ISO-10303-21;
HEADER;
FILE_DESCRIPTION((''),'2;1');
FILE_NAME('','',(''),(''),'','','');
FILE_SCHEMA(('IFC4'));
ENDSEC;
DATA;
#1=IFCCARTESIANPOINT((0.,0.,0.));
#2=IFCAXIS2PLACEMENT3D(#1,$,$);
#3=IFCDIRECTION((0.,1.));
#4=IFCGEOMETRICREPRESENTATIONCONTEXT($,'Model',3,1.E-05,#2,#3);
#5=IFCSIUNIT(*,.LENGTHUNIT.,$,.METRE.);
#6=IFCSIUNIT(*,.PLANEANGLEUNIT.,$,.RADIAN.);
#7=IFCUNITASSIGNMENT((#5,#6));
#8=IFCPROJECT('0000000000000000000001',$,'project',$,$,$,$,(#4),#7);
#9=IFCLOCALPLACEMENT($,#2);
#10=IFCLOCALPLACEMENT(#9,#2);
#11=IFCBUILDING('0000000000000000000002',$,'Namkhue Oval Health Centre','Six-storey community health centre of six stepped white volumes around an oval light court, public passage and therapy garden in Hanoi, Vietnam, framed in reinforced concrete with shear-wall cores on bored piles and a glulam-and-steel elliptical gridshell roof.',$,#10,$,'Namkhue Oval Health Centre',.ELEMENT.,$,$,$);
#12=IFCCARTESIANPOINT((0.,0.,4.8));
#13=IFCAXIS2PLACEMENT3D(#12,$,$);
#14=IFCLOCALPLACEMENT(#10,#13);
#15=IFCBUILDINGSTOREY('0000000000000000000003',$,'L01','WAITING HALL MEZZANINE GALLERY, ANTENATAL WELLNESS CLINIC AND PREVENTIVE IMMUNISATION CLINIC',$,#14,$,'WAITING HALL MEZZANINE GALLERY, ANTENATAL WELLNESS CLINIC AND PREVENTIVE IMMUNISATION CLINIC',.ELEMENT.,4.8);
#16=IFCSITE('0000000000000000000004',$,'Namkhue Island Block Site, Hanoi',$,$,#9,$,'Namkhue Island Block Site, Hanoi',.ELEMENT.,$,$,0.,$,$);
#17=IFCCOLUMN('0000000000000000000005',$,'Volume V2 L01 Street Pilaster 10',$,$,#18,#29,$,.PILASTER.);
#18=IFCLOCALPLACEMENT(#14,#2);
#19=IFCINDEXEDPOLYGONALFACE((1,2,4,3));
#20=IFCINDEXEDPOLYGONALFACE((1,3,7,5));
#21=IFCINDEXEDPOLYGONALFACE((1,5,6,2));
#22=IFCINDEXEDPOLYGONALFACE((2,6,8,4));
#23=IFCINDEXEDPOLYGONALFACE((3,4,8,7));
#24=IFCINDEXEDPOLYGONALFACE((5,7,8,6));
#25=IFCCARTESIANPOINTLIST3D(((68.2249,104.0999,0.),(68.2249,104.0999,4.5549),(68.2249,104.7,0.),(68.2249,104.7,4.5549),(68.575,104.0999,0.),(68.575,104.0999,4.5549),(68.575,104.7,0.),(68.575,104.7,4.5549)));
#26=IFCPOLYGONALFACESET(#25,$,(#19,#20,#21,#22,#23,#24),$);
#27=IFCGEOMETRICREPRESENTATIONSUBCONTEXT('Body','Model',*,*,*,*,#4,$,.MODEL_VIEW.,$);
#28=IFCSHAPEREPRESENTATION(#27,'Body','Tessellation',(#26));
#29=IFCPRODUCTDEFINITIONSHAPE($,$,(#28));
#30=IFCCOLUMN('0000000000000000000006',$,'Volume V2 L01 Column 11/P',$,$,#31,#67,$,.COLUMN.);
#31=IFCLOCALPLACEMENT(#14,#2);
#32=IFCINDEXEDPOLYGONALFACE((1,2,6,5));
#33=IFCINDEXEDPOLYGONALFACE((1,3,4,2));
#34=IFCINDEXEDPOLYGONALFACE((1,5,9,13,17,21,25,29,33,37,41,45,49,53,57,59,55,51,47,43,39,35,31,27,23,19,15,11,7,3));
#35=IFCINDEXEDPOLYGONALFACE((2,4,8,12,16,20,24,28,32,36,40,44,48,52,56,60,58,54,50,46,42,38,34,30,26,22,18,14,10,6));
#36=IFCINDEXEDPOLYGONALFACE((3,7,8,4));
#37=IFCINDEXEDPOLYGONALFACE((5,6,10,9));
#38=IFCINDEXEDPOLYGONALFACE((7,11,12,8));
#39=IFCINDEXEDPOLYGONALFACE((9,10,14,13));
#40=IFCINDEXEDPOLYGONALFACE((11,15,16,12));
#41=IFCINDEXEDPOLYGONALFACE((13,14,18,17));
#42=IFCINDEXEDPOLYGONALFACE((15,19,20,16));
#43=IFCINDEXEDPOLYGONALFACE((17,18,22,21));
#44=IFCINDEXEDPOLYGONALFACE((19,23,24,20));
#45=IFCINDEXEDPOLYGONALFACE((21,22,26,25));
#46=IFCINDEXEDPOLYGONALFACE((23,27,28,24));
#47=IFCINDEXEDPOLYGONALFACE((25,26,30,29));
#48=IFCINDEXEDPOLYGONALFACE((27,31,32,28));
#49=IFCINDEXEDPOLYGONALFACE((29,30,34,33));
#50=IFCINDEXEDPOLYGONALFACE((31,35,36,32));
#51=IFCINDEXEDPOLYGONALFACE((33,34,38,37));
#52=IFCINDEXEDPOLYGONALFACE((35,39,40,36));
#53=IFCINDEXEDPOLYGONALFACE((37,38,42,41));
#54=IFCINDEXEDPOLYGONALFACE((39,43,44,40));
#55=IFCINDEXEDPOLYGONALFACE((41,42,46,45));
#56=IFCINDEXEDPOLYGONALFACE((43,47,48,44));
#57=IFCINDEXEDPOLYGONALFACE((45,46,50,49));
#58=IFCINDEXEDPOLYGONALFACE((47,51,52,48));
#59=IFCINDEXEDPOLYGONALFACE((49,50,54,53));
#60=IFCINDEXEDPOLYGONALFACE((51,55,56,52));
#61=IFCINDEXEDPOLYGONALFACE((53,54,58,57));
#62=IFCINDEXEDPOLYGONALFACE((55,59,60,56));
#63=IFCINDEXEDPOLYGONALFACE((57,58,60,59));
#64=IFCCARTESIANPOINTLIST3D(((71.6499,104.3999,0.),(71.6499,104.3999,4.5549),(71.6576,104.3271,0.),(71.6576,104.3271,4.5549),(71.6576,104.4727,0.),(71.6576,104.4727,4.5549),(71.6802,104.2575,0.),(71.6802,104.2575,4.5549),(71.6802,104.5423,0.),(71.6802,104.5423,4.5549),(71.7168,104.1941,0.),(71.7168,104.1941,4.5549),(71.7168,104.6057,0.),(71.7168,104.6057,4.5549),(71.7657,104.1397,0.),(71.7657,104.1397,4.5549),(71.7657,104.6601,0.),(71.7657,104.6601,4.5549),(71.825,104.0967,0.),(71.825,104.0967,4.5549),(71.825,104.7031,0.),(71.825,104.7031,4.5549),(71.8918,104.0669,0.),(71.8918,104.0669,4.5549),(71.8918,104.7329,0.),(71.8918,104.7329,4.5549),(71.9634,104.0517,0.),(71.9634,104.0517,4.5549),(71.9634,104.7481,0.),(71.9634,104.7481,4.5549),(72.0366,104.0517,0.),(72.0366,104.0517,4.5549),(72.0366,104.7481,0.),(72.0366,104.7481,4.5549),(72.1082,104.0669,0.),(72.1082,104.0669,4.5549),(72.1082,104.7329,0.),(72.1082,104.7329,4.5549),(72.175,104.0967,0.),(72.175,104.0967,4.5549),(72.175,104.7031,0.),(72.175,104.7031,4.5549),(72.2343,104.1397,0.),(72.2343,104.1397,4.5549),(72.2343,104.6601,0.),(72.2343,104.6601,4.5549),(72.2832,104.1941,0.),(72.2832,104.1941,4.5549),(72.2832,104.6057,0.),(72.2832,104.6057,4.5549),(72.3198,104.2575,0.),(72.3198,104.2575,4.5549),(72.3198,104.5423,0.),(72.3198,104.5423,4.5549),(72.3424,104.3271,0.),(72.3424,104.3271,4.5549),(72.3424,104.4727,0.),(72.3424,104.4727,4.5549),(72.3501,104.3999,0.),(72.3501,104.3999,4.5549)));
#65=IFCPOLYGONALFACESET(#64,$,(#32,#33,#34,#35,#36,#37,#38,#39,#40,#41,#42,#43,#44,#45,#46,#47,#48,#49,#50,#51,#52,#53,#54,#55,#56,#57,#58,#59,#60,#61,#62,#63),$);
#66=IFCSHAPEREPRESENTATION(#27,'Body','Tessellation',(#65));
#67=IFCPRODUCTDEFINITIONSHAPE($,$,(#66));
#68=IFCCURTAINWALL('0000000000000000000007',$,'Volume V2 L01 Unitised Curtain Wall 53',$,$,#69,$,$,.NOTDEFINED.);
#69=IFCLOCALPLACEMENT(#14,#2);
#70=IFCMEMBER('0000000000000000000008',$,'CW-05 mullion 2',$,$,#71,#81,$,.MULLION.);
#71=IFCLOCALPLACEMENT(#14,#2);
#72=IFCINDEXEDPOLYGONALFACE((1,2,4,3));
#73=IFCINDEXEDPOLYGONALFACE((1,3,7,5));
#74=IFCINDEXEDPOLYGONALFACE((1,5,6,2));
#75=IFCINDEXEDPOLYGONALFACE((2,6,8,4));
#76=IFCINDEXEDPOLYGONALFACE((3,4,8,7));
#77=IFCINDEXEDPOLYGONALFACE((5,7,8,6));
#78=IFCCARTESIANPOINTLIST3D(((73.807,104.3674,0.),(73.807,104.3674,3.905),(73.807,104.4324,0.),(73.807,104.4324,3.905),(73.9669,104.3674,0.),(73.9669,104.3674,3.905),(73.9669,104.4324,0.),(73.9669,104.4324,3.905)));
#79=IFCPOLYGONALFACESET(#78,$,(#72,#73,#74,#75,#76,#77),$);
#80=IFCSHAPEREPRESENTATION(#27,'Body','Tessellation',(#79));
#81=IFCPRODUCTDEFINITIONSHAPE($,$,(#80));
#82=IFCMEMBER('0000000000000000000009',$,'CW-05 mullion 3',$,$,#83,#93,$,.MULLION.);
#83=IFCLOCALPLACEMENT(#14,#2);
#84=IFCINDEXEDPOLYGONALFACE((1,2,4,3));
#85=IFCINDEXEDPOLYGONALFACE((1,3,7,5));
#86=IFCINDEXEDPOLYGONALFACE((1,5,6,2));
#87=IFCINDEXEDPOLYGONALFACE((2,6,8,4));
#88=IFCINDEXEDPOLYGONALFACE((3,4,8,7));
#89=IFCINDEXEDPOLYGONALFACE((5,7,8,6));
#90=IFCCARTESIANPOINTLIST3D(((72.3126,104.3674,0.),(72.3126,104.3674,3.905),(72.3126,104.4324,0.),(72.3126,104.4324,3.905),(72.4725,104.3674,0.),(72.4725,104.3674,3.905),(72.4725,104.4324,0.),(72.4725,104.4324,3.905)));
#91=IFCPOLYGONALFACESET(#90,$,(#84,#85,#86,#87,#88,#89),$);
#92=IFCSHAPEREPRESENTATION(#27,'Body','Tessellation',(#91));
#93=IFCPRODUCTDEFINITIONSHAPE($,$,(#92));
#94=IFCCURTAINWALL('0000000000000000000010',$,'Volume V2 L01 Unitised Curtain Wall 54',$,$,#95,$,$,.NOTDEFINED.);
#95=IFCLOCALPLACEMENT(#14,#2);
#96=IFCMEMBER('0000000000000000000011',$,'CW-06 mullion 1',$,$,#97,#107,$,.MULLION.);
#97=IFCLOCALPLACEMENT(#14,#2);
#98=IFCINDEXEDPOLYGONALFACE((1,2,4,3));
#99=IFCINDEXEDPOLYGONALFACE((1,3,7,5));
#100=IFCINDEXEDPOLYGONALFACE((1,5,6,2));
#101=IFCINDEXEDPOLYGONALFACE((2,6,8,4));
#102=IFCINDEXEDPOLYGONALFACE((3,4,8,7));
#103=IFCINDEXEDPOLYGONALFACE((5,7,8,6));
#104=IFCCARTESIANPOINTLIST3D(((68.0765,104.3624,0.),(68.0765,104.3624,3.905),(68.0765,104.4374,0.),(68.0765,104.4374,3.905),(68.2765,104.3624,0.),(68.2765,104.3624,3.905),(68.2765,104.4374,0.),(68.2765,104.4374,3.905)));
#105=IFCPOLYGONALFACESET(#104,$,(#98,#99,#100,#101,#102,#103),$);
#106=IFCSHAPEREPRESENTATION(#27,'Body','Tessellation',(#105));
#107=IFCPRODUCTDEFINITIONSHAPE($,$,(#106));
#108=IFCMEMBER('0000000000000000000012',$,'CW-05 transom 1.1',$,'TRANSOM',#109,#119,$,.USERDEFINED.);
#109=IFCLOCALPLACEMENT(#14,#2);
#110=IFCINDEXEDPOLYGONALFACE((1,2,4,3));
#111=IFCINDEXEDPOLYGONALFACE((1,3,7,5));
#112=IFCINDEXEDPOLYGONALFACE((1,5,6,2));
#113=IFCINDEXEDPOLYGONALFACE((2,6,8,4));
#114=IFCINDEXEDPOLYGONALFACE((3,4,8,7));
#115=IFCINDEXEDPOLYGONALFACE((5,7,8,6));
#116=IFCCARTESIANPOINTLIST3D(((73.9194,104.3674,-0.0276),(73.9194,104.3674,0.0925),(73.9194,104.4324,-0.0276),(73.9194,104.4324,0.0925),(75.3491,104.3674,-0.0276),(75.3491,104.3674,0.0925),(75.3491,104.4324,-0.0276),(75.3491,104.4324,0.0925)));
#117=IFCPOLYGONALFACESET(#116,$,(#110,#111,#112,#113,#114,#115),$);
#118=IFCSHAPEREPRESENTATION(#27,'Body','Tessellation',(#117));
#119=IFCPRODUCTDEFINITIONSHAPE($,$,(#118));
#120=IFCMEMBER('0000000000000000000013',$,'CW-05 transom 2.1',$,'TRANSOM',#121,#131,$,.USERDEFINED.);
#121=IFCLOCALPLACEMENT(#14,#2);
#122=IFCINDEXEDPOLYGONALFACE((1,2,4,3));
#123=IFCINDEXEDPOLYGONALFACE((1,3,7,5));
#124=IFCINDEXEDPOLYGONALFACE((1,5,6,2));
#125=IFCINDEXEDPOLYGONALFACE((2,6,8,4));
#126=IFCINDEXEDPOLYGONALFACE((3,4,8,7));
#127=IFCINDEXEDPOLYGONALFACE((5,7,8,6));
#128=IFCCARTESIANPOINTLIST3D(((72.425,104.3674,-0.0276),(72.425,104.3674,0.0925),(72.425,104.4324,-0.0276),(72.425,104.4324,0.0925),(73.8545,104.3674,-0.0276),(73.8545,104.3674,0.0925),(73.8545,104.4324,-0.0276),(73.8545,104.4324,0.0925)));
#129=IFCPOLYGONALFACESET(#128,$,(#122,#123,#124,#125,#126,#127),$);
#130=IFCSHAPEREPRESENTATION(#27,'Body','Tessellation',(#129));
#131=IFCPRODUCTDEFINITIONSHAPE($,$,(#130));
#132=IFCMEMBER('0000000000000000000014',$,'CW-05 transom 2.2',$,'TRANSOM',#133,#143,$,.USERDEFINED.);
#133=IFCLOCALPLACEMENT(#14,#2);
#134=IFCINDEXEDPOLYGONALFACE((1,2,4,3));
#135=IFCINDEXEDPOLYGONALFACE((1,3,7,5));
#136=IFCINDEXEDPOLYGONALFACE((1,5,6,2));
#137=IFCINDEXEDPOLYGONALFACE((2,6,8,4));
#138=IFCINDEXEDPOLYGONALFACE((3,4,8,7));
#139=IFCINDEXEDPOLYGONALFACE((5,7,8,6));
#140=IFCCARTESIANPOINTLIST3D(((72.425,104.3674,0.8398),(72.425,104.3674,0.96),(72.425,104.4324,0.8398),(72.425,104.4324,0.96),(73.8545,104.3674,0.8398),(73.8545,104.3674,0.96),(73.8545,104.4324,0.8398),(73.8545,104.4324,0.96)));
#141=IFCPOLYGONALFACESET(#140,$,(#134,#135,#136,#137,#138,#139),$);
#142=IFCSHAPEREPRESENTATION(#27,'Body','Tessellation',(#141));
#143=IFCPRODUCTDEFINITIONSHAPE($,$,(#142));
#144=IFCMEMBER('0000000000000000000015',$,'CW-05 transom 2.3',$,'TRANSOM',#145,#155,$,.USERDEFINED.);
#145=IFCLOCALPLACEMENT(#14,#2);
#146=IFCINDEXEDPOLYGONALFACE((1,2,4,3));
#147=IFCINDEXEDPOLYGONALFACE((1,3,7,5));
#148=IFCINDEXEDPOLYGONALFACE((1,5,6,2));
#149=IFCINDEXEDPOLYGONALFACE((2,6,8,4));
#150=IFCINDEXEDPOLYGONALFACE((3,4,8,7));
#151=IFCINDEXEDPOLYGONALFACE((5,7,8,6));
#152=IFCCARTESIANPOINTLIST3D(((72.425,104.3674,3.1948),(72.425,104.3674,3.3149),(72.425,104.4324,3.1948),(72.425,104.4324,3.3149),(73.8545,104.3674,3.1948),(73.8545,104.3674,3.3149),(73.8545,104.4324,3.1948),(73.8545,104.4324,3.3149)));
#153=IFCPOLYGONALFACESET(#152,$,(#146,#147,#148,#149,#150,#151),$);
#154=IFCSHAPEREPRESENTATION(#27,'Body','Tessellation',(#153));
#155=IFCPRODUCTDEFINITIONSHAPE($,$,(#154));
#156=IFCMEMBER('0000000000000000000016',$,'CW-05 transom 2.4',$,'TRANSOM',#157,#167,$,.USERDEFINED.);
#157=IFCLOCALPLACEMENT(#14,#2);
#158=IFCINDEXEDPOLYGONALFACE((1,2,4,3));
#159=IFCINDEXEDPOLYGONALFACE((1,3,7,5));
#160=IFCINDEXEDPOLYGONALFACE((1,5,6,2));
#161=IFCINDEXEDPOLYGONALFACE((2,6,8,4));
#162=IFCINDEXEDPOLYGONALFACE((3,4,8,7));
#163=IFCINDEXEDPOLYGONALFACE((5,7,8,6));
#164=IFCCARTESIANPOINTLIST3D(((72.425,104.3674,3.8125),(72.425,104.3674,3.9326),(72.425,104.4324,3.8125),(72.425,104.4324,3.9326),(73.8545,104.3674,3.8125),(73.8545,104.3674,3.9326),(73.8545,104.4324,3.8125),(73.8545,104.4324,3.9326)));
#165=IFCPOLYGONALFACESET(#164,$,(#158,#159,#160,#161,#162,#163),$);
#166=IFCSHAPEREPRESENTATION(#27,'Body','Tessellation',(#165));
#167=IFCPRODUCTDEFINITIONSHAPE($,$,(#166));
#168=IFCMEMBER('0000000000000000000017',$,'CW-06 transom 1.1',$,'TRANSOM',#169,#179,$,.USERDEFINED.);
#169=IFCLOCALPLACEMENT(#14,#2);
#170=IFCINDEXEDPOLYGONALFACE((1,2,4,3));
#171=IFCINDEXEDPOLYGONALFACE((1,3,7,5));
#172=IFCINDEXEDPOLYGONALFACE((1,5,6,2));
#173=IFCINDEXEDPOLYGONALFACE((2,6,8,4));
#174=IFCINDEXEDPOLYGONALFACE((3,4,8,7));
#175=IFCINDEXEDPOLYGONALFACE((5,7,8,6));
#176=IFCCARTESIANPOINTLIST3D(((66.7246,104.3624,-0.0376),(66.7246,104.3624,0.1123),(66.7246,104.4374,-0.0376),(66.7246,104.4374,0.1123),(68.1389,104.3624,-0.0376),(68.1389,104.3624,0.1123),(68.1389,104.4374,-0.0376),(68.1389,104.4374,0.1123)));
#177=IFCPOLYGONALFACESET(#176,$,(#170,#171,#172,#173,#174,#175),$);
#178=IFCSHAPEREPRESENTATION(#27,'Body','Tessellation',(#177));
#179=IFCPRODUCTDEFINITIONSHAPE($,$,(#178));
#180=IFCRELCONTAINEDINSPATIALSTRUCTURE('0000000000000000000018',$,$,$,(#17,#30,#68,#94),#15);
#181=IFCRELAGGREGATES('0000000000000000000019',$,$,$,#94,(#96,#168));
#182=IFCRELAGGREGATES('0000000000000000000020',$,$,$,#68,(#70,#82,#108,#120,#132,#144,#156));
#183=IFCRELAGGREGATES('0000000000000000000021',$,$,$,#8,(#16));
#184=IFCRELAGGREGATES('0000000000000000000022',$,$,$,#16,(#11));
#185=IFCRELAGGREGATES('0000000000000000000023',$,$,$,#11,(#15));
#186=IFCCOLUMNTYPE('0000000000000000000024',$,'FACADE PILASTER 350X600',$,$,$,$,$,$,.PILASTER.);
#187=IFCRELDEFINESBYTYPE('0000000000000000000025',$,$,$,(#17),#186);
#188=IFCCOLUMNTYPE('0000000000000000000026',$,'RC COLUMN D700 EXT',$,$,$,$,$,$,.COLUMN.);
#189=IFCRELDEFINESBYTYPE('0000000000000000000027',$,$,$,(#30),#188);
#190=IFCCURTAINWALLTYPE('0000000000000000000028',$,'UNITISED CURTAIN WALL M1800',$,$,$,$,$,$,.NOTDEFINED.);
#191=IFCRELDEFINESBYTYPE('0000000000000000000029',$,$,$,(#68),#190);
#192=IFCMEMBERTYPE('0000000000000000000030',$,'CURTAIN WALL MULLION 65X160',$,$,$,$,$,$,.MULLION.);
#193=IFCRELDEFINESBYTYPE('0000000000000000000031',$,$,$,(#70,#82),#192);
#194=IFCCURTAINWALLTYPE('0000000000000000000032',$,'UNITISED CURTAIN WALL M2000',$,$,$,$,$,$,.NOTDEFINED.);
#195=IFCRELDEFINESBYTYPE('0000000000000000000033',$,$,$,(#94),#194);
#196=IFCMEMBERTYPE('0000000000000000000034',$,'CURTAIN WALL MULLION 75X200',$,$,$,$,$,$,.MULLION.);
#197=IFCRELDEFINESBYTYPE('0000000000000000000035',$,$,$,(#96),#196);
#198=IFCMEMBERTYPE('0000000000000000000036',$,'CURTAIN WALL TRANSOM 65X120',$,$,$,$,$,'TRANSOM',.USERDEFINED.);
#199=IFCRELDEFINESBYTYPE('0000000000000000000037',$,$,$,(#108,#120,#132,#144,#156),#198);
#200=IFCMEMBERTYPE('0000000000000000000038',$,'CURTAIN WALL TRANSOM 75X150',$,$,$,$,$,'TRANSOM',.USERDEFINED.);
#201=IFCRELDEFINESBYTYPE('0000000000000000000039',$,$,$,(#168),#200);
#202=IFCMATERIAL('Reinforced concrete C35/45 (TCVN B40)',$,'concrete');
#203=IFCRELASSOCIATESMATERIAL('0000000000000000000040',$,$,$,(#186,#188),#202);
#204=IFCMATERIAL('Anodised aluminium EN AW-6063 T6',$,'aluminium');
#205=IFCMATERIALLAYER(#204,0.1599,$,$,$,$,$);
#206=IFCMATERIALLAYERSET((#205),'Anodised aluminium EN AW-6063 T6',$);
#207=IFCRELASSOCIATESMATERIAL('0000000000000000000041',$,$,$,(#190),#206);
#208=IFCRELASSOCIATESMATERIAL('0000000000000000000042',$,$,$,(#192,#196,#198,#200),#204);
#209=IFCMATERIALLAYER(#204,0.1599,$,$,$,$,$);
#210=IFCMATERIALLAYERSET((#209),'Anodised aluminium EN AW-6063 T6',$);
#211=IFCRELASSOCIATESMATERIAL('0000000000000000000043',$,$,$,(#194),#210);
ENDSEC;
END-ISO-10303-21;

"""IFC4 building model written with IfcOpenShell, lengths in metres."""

from ifc_helpers import new_model, si_unit, direction, frame, origin, origin_2d, place, context, subcontext, project, spatial, rectangle, circle, extrude, material, layer, layer_set, material_profile, profile_set, type_object, element, aggregate, save


model = new_model("IFC4")

# Units and contexts
model_context = context("Model", 3, precision=1e-05, world=origin(), true_north=direction((0.0, 1.0)))
body_context = subcontext(model_context, "Body", "Model", "MODEL_VIEW")
ifc_project = project(units=[si_unit("LENGTHUNIT", "METRE"), si_unit("PLANEANGLEUNIT", "RADIAN")], contexts=[model_context])

# Site, building, storey
site_placement = place(None, origin())
site = spatial("IfcSite", under=ifc_project, at=site_placement, Name="Namkhue Island Block Site, Hanoi", LongName="Namkhue Island Block Site, Hanoi", CompositionType="ELEMENT", RefElevation=0.0)
building_placement = place(site_placement, origin())
building = spatial("IfcBuilding", under=site, at=building_placement, Name="Namkhue Oval Health Centre", Description="Six-storey community health centre of six stepped white volumes around an oval light court, public passage and therapy garden in Hanoi, Vietnam, framed in reinforced concrete with shear-wall cores on bored piles and a glulam-and-steel elliptical gridshell roof.", LongName="Namkhue Oval Health Centre", CompositionType="ELEMENT")
storey_placement = place(building_placement, frame((0.0, 0.0, 4.8)))
storey = spatial("IfcBuildingStorey", under=building, at=storey_placement, Name="L01", Description="WAITING HALL MEZZANINE GALLERY, ANTENATAL WELLNESS CLINIC AND PREVENTIVE IMMUNISATION CLINIC", LongName="WAITING HALL MEZZANINE GALLERY, ANTENATAL WELLNESS CLINIC AND PREVENTIVE IMMUNISATION CLINIC", CompositionType="ELEMENT", Elevation=4.8)

# Columns
ifc_material_1 = material(Name="Reinforced concrete C35/45 (TCVN B40)", Category="concrete")
ifc_material_profile_1 = material_profile(ifc_material_1, rectangle(XDim=0.3501, YDim=0.6001, at=origin_2d()), Name="RC 350x600")
ifc_profile_set_1 = profile_set([ifc_material_profile_1], Name="Reinforced concrete C35/45 (TCVN B40)")
column_type_1 = type_object("IfcColumnType", Name="FACADE PILASTER 350X600", PredefinedType="PILASTER", material=ifc_profile_set_1)
column_1_placement = place(storey_placement, frame((68.3999, 104.3999, 0.0), z_axis=(0.0, 0.0, 1.0), x_axis=(1.0, 0.0, 0.0)))
element("IfcColumn", 1, at=column_1_placement, inside=storey, type_object=column_type_1, Name="Volume V2 L01 Street Pilaster 10", PredefinedType="PILASTER", context=body_context, shape_type="SweptSolid", body=[
    extrude(rectangle(XDim=0.3501, YDim=0.6001, at=origin_2d()), origin(), (0.0, 0.0, 1.0), 4.5549),
])
ifc_material_profile_2 = material_profile(ifc_material_1, circle(Radius=0.3501, at=origin_2d()), Name="RC D700")
ifc_profile_set_2 = profile_set([ifc_material_profile_2], Name="Reinforced concrete C35/45 (TCVN B40)")
column_type_2 = type_object("IfcColumnType", Name="RC COLUMN D700 EXT", PredefinedType="COLUMN", material=ifc_profile_set_2)
column_2_placement = place(storey_placement, frame((72.0, 104.3999, 0.0), z_axis=(0.0, 0.0, 1.0), x_axis=(1.0, 0.0, 0.0)))
element("IfcColumn", 2, at=column_2_placement, inside=storey, type_object=column_type_2, Name="Volume V2 L01 Column 11/P", PredefinedType="COLUMN", context=body_context, shape_type="SweptSolid", body=[
    extrude(circle(Radius=0.3501, at=origin_2d()), origin(), (0.0, 0.0, 1.0), 4.5549),
])

# Curtain wall, members
ifc_material_2 = material(Name="Anodised aluminium EN AW-6063 T6", Category="aluminium")
ifc_layer_1 = layer(ifc_material_2, 0.1599)
ifc_layer_set_1 = layer_set([ifc_layer_1], Name="Anodised aluminium EN AW-6063 T6")
curtain_wall_type_1 = type_object("IfcCurtainWallType", Name="UNITISED CURTAIN WALL M1800", PredefinedType="NOTDEFINED", material=ifc_layer_set_1)
curtain_wall_1_placement = place(storey_placement, origin())
curtain_wall_1 = element("IfcCurtainWall", 3, at=curtain_wall_1_placement, inside=storey, type_object=curtain_wall_type_1, Name="Volume V2 L01 Unitised Curtain Wall 53", PredefinedType="NOTDEFINED")
ifc_material_profile_3 = material_profile(ifc_material_2, rectangle(XDim=0.0649, YDim=0.1599, at=origin_2d()), Name="ALU 65x160")
ifc_profile_set_3 = profile_set([ifc_material_profile_3], Name="Anodised aluminium EN AW-6063 T6")
member_type_1 = type_object("IfcMemberType", Name="CURTAIN WALL MULLION 65X160", PredefinedType="MULLION", material=ifc_profile_set_3)
member_1_placement = place(storey_placement, frame((73.887, 104.3999, 0.0), z_axis=(0.0, 0.0, 1.0), x_axis=(0.0, -1.0, 0.0)))
member_1 = element("IfcMember", 4, at=member_1_placement, type_object=member_type_1, Name="CW-05 mullion 2", PredefinedType="MULLION", context=body_context, shape_type="SweptSolid", body=[
    extrude(rectangle(XDim=0.0649, YDim=0.1599, at=origin_2d()), origin(), (0.0, 0.0, 1.0), 3.905),
])
member_2_placement = place(storey_placement, frame((72.3926, 104.3999, 0.0), z_axis=(0.0, 0.0, 1.0), x_axis=(0.0, -1.0, 0.0)))
member_2 = element("IfcMember", 5, at=member_2_placement, type_object=member_type_1, Name="CW-05 mullion 3", PredefinedType="MULLION", context=body_context, shape_type="SweptSolid", body=[
    extrude(rectangle(XDim=0.0649, YDim=0.1599, at=origin_2d()), origin(), (0.0, 0.0, 1.0), 3.905),
])

# Curtain wall, member
ifc_layer_2 = layer(ifc_material_2, 0.1599)
ifc_layer_set_2 = layer_set([ifc_layer_2], Name="Anodised aluminium EN AW-6063 T6")
curtain_wall_type_2 = type_object("IfcCurtainWallType", Name="UNITISED CURTAIN WALL M2000", PredefinedType="NOTDEFINED", material=ifc_layer_set_2)
curtain_wall_2_placement = place(storey_placement, origin())
curtain_wall_2 = element("IfcCurtainWall", 6, at=curtain_wall_2_placement, inside=storey, type_object=curtain_wall_type_2, Name="Volume V2 L01 Unitised Curtain Wall 54", PredefinedType="NOTDEFINED")
ifc_material_profile_4 = material_profile(ifc_material_2, rectangle(XDim=0.075, YDim=0.2, at=origin_2d()), Name="ALU 75x200")
ifc_profile_set_4 = profile_set([ifc_material_profile_4], Name="Anodised aluminium EN AW-6063 T6")
member_type_2 = type_object("IfcMemberType", Name="CURTAIN WALL MULLION 75X200", PredefinedType="MULLION", material=ifc_profile_set_4)
member_3_placement = place(storey_placement, frame((68.1765, 104.3999, 0.0), z_axis=(0.0, 0.0, 1.0), x_axis=(0.0, -1.0, 0.0)))
member_3 = element("IfcMember", 7, at=member_3_placement, type_object=member_type_2, Name="CW-06 mullion 1", PredefinedType="MULLION", context=body_context, shape_type="SweptSolid", body=[
    extrude(rectangle(XDim=0.075, YDim=0.2, at=origin_2d()), origin(), (0.0, 0.0, 1.0), 3.905),
])

# Members
ifc_material_profile_5 = material_profile(ifc_material_2, rectangle(XDim=0.0649, YDim=0.1201, at=origin_2d()), Name="ALU 65x120")
ifc_profile_set_5 = profile_set([ifc_material_profile_5], Name="Anodised aluminium EN AW-6063 T6")
member_type_3 = type_object("IfcMemberType", Name="CURTAIN WALL TRANSOM 65X120", ElementType="TRANSOM", PredefinedType="USERDEFINED", material=ifc_profile_set_5)
member_4_placement = place(storey_placement, frame((75.3491, 104.3999, 0.0325), z_axis=(-1.0, 0.0, 0.0), x_axis=(0.0, -1.0, 0.0)))
member_4 = element("IfcMember", 8, at=member_4_placement, type_object=member_type_3, Name="CW-05 transom 1.1", ObjectType="TRANSOM", PredefinedType="USERDEFINED", context=body_context, shape_type="SweptSolid", body=[
    extrude(rectangle(XDim=0.0649, YDim=0.1201, at=origin_2d()), origin(), (0.0, 0.0, 1.0), 1.4297),
])
member_5_placement = place(storey_placement, frame((73.8545, 104.3999, 0.0325), z_axis=(-1.0, 0.0, 0.0), x_axis=(0.0, -1.0, 0.0)))
member_5 = element("IfcMember", 9, at=member_5_placement, type_object=member_type_3, Name="CW-05 transom 2.1", ObjectType="TRANSOM", PredefinedType="USERDEFINED", context=body_context, shape_type="SweptSolid", body=[
    extrude(rectangle(XDim=0.0649, YDim=0.1201, at=origin_2d()), origin(), (0.0, 0.0, 1.0), 1.4294),
])
member_6_placement = place(storey_placement, frame((73.8545, 104.3999, 0.8999), z_axis=(-1.0, 0.0, 0.0), x_axis=(0.0, -1.0, 0.0)))
member_6 = element("IfcMember", 10, at=member_6_placement, type_object=member_type_3, Name="CW-05 transom 2.2", ObjectType="TRANSOM", PredefinedType="USERDEFINED", context=body_context, shape_type="SweptSolid", body=[
    extrude(rectangle(XDim=0.0649, YDim=0.1201, at=origin_2d()), origin(), (0.0, 0.0, 1.0), 1.4294),
])
member_7_placement = place(storey_placement, frame((73.8545, 104.3999, 3.2549), z_axis=(-1.0, 0.0, 0.0), x_axis=(0.0, -1.0, 0.0)))
member_7 = element("IfcMember", 11, at=member_7_placement, type_object=member_type_3, Name="CW-05 transom 2.3", ObjectType="TRANSOM", PredefinedType="USERDEFINED", context=body_context, shape_type="SweptSolid", body=[
    extrude(rectangle(XDim=0.0649, YDim=0.1201, at=origin_2d()), origin(), (0.0, 0.0, 1.0), 1.4294),
])
member_8_placement = place(storey_placement, frame((73.8545, 104.3999, 3.8726), z_axis=(-1.0, 0.0, 0.0), x_axis=(0.0, -1.0, 0.0)))
member_8 = element("IfcMember", 12, at=member_8_placement, type_object=member_type_3, Name="CW-05 transom 2.4", ObjectType="TRANSOM", PredefinedType="USERDEFINED", context=body_context, shape_type="SweptSolid", body=[
    extrude(rectangle(XDim=0.0649, YDim=0.1201, at=origin_2d()), origin(), (0.0, 0.0, 1.0), 1.4294),
])
ifc_material_profile_6 = material_profile(ifc_material_2, rectangle(XDim=0.075, YDim=0.1499, at=origin_2d()), Name="ALU 75x150")
ifc_profile_set_6 = profile_set([ifc_material_profile_6], Name="Anodised aluminium EN AW-6063 T6")
member_type_4 = type_object("IfcMemberType", Name="CURTAIN WALL TRANSOM 75X150", ElementType="TRANSOM", PredefinedType="USERDEFINED", material=ifc_profile_set_6)
member_9_placement = place(storey_placement, frame((68.1389, 104.3999, 0.0374), z_axis=(-1.0, 0.0, 0.0), x_axis=(0.0, -1.0, 0.0)))
member_9 = element("IfcMember", 13, at=member_9_placement, type_object=member_type_4, Name="CW-06 transom 1.1", ObjectType="TRANSOM", PredefinedType="USERDEFINED", context=body_context, shape_type="SweptSolid", body=[
    extrude(rectangle(XDim=0.075, YDim=0.1499, at=origin_2d()), origin(), (0.0, 0.0, 1.0), 1.4143),
])
aggregate(curtain_wall_2, [member_3, member_9])

aggregate(curtain_wall_1, [member_1, member_2, member_4, member_5, member_6, member_7, member_8])

save(model, "model.ifc")
